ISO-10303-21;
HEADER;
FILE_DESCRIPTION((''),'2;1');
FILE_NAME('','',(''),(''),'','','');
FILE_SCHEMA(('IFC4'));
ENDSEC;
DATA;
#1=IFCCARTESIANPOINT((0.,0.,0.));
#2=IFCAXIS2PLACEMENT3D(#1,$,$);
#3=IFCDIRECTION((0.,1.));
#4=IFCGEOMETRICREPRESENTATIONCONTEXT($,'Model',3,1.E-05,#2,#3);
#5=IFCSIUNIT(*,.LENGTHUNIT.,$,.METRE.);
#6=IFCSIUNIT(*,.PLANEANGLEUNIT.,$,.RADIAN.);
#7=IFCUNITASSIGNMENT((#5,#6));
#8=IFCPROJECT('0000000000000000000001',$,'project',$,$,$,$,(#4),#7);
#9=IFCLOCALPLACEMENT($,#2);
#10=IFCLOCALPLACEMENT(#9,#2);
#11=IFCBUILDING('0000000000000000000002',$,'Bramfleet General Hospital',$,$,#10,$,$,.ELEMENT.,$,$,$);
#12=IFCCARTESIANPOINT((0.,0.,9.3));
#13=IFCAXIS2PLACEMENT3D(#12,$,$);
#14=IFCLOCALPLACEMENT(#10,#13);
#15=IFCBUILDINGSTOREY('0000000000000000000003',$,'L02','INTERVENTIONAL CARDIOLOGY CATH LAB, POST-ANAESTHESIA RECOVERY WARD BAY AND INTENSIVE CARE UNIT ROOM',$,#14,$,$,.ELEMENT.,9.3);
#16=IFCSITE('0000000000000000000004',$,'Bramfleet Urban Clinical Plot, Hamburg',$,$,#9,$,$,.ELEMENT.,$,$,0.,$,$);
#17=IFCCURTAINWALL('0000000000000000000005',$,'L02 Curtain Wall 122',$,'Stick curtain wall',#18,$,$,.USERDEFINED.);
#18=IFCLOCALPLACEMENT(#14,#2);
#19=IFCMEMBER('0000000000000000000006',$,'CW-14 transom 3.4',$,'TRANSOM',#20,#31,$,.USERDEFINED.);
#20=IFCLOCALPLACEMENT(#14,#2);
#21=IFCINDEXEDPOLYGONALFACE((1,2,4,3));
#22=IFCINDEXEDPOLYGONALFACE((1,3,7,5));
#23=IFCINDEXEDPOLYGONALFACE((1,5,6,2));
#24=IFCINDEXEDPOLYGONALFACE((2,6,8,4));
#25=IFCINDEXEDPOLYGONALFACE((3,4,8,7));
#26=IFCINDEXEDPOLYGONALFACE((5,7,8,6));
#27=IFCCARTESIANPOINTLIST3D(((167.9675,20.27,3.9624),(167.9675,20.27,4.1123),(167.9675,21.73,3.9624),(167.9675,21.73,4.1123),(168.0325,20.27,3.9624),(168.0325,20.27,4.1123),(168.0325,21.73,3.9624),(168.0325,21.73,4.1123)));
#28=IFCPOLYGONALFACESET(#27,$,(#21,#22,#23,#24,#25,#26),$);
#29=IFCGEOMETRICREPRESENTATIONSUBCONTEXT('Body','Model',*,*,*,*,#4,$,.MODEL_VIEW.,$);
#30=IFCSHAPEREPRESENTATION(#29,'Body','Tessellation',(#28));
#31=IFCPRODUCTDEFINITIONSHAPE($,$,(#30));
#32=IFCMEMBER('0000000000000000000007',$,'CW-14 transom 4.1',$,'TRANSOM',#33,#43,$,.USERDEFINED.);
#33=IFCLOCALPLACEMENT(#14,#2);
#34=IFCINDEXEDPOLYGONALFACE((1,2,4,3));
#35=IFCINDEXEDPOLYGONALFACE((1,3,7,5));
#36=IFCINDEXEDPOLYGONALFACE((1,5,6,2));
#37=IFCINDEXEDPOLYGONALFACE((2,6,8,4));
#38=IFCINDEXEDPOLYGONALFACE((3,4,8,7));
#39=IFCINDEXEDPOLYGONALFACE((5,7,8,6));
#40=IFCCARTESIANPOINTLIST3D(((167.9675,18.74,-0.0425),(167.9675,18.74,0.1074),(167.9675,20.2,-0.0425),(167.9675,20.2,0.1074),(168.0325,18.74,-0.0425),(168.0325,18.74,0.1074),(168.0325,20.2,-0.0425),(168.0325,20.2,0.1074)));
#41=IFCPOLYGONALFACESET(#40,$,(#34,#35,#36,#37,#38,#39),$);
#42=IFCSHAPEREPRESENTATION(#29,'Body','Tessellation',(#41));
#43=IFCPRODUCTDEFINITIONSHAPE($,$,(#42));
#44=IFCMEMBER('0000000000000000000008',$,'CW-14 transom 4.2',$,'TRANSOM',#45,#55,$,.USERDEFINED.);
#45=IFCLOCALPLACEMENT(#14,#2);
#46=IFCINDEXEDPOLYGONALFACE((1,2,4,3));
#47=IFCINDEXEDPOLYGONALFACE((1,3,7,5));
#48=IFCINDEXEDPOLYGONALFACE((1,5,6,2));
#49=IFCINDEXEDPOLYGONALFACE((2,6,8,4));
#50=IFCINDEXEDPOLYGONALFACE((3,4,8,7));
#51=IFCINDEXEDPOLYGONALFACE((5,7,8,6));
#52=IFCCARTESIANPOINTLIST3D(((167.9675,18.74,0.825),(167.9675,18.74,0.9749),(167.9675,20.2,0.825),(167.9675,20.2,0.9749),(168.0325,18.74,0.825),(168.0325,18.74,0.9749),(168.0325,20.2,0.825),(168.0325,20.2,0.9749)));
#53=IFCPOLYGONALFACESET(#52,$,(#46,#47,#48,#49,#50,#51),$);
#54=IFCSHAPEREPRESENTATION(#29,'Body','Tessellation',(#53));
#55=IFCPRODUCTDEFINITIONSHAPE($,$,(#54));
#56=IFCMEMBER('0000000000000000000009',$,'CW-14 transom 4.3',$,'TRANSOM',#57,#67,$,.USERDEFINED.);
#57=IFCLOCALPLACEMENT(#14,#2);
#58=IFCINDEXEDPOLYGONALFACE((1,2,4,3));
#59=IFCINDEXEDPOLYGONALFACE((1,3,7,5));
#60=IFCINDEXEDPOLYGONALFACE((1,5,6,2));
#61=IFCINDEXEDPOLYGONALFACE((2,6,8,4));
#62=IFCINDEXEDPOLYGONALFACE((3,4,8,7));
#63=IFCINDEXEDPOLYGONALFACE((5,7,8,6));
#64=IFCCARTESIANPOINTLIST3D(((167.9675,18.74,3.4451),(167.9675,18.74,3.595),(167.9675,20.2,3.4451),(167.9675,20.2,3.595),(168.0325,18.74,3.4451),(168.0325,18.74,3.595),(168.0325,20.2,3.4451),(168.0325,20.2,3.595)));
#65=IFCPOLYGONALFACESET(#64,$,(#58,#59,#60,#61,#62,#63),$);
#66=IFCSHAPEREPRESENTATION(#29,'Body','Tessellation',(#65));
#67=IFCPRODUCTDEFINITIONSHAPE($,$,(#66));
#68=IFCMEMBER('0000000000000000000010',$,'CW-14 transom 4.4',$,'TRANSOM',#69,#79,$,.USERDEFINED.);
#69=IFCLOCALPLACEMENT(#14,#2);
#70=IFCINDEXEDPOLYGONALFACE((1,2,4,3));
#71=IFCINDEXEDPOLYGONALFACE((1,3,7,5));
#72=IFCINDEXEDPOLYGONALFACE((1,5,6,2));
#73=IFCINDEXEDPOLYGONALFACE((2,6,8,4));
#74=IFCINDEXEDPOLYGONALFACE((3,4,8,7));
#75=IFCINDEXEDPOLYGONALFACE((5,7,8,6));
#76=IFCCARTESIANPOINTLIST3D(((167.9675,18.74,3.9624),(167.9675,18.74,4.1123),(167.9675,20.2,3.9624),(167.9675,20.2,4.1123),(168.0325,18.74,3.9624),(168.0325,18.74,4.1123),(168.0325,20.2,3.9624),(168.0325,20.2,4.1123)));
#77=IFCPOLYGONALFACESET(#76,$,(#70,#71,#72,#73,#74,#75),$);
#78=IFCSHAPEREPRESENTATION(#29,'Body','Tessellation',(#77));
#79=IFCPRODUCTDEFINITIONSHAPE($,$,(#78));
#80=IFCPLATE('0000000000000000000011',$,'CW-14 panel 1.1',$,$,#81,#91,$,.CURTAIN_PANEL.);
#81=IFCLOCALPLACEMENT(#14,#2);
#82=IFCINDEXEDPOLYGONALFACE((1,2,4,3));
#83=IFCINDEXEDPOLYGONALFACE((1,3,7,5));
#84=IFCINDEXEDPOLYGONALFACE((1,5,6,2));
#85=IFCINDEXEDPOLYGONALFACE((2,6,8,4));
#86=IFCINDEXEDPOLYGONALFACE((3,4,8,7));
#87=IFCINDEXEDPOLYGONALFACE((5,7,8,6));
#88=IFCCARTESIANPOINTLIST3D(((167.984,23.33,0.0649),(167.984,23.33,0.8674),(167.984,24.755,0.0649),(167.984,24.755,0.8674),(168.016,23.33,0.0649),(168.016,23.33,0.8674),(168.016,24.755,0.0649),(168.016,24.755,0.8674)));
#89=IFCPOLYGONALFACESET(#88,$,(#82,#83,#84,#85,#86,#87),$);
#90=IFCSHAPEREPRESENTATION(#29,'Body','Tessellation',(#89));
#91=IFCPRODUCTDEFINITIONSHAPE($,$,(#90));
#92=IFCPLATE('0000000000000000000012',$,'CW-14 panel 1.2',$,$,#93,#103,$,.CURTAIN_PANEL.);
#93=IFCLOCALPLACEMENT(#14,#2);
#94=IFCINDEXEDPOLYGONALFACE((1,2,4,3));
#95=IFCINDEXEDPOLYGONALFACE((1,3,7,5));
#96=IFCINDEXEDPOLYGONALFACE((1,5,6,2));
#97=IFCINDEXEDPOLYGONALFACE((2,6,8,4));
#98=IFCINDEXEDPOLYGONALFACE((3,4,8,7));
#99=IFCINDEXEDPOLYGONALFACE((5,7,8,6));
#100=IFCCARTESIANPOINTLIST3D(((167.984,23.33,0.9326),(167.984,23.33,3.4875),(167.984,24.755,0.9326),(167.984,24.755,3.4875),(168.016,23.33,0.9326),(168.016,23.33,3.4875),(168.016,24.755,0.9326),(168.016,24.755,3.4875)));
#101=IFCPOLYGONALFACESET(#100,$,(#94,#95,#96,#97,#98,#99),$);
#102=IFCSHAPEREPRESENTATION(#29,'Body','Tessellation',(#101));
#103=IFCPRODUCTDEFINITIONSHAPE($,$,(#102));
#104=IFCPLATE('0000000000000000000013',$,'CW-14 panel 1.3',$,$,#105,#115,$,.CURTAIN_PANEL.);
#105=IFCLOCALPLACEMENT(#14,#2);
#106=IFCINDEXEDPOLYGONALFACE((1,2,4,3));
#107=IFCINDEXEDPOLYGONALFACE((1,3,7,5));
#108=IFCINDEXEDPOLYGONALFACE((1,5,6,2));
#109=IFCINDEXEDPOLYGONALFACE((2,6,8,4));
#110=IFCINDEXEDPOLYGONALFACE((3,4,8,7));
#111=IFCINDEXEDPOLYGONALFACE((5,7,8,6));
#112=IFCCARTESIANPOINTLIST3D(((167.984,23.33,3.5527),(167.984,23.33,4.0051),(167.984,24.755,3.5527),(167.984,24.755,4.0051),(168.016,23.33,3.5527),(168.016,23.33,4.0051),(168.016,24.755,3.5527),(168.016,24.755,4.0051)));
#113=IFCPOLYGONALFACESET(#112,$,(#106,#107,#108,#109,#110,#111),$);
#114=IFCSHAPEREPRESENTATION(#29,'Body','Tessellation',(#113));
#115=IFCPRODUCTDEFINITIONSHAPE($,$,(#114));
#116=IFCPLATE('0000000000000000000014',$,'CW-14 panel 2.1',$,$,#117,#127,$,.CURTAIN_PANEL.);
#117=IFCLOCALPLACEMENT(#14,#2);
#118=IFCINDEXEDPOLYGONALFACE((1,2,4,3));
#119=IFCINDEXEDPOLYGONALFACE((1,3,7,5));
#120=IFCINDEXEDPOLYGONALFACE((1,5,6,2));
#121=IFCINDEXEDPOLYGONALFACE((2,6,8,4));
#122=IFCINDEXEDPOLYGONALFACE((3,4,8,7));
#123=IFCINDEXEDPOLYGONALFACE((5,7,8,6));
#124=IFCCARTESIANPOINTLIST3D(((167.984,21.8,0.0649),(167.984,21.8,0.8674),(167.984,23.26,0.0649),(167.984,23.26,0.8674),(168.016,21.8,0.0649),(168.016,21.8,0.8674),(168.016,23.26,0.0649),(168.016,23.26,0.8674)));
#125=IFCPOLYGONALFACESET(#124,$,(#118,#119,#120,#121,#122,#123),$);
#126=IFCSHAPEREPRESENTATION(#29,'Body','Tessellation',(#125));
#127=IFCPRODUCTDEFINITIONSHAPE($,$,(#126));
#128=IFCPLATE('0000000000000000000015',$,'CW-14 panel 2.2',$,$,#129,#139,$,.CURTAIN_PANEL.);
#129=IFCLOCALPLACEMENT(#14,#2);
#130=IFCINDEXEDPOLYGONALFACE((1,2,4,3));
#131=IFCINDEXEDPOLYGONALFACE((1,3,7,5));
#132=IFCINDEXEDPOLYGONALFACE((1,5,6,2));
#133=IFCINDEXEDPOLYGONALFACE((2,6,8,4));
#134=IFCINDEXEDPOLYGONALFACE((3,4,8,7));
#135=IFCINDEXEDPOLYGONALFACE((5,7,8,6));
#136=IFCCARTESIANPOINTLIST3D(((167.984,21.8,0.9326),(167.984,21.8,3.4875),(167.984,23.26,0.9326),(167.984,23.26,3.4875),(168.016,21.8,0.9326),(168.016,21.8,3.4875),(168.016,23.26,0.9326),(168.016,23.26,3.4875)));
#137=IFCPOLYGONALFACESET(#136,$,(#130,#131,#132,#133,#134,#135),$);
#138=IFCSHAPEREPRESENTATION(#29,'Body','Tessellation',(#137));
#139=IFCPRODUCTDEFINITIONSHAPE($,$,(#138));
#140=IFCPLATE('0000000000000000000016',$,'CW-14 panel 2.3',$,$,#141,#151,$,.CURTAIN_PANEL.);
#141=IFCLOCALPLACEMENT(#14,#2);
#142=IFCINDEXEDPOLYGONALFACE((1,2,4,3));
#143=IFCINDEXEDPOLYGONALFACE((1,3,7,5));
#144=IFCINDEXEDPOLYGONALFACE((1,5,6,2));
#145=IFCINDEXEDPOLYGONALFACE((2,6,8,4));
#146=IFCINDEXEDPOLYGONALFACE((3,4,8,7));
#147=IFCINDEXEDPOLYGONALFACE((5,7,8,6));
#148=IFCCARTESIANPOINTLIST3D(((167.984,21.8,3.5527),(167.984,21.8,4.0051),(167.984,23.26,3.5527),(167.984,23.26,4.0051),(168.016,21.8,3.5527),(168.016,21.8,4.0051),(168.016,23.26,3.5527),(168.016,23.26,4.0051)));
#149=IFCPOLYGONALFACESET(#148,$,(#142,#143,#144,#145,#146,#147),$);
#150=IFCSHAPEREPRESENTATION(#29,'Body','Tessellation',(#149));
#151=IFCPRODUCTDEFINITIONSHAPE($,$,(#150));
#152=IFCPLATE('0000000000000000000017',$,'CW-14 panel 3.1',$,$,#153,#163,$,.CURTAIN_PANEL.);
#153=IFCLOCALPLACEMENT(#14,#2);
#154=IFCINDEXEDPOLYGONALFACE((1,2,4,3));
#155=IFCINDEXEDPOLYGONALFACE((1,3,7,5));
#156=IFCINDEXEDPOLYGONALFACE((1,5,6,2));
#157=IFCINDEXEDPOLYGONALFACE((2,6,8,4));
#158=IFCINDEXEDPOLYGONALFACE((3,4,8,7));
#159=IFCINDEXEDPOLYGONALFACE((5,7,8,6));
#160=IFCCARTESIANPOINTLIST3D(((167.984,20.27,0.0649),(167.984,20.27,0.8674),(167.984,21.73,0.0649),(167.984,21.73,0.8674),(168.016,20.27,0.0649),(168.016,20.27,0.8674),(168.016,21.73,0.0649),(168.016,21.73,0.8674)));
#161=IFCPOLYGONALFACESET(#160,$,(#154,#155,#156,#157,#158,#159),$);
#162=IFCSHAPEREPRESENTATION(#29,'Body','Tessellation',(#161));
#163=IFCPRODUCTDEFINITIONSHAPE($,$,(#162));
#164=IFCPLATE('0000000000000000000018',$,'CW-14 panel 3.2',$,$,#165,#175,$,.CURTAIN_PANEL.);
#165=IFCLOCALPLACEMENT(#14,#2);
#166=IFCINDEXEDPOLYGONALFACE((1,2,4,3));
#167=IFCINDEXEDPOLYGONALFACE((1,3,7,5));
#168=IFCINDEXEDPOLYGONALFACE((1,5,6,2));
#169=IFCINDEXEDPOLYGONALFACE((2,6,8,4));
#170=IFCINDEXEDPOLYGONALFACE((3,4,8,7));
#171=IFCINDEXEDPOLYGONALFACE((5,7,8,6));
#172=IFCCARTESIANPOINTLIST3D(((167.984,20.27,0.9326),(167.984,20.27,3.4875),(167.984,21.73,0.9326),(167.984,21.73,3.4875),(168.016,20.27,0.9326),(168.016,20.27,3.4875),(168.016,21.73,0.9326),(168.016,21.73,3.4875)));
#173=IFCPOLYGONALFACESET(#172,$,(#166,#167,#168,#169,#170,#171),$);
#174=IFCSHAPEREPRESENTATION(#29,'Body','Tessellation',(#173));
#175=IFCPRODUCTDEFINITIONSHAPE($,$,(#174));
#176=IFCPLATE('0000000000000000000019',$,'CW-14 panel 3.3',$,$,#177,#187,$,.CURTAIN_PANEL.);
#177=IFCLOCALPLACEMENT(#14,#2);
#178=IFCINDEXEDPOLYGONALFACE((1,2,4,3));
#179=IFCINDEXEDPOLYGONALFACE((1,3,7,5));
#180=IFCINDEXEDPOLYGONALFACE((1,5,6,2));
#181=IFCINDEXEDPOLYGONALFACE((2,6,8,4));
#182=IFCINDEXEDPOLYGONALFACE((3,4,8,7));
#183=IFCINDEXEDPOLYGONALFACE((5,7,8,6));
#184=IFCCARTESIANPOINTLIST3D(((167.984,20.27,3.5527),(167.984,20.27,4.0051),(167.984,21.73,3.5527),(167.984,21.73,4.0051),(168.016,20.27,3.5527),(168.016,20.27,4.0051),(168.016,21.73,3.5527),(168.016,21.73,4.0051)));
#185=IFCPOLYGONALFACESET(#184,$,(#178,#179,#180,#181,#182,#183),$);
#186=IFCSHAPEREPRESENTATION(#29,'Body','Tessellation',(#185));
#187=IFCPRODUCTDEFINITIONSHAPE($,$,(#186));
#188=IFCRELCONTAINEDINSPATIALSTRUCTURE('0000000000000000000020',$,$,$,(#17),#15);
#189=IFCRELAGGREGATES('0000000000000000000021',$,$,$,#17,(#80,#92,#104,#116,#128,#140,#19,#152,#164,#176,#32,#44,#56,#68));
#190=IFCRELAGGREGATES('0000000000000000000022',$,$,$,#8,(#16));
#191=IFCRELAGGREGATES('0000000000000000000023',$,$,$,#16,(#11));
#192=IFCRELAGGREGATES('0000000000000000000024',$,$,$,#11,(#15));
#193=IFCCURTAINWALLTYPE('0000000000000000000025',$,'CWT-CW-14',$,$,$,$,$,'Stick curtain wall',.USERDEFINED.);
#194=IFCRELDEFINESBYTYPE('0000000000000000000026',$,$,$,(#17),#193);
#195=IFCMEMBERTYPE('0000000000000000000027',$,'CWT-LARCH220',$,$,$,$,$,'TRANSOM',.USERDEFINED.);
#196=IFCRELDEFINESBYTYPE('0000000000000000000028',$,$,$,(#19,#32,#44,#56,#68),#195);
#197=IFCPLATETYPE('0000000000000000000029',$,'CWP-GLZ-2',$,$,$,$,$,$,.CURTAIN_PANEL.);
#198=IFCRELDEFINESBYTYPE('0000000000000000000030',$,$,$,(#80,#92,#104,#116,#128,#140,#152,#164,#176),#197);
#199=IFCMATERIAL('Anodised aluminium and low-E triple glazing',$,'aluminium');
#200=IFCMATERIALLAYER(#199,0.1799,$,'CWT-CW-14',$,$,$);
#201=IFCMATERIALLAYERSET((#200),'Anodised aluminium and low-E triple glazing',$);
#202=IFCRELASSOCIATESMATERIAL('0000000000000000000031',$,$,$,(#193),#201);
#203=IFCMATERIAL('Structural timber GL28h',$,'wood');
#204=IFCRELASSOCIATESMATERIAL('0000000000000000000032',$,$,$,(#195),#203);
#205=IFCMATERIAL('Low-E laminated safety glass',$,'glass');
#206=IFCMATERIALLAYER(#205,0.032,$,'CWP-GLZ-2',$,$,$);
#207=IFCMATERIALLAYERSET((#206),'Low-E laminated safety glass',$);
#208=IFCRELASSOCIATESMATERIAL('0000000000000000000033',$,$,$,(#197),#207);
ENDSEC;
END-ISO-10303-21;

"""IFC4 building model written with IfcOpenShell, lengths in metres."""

from ifc_helpers import new_model, si_unit, direction, frame, origin, origin_2d, place, context, subcontext, project, spatial, rectangle, extrude, material, layer, layer_set, material_profile, profile_set, type_object, element, aggregate, save


model = new_model("IFC4")

# Units and contexts
model_context = context("Model", 3, precision=1e-05, world=origin(), true_north=direction((0.0, 1.0)))
body_context = subcontext(model_context, "Body", "Model", "MODEL_VIEW")
ifc_project = project(units=[si_unit("LENGTHUNIT", "METRE"), si_unit("PLANEANGLEUNIT", "RADIAN")], contexts=[model_context])

# Site, building, storey
site_placement = place(None, origin())
site = spatial("IfcSite", under=ifc_project, at=site_placement, Name="Bramfleet Urban Clinical Plot, Hamburg", CompositionType="ELEMENT", RefElevation=0.0)
building_placement = place(site_placement, origin())
building = spatial("IfcBuilding", under=site, at=building_placement, Name="Bramfleet General Hospital", CompositionType="ELEMENT")
storey_placement = place(building_placement, frame((0.0, 0.0, 9.3)))
storey = spatial("IfcBuildingStorey", under=building, at=storey_placement, Name="L02", Description="INTERVENTIONAL CARDIOLOGY CATH LAB, POST-ANAESTHESIA RECOVERY WARD BAY AND INTENSIVE CARE UNIT ROOM", CompositionType="ELEMENT", Elevation=9.3)

# Curtain wall, members, plates
ifc_material_1 = material(Name="Anodised aluminium and low-E triple glazing", Category="aluminium")
ifc_layer_1 = layer(ifc_material_1, 0.1799, Name="CWT-CW-14")
ifc_layer_set_1 = layer_set([ifc_layer_1], Name="Anodised aluminium and low-E triple glazing")
curtain_wall_type = type_object("IfcCurtainWallType", Name="CWT-CW-14", ElementType="Stick curtain wall", PredefinedType="USERDEFINED", material=ifc_layer_set_1)
curtain_wall_placement = place(storey_placement, origin())
curtain_wall = element("IfcCurtainWall", 1, at=curtain_wall_placement, inside=storey, type_object=curtain_wall_type, Name="L02 Curtain Wall 122", ObjectType="Stick curtain wall", PredefinedType="USERDEFINED")
ifc_material_2 = material(Name="Structural timber GL28h", Category="wood")
ifc_material_profile_1 = material_profile(ifc_material_2, rectangle(XDim=0.0649, YDim=0.1499, at=origin_2d()), Name="LARCH 150x65")
ifc_profile_set_1 = profile_set([ifc_material_profile_1], Name="Structural timber GL28h")
member_type_1 = type_object("IfcMemberType", Name="CWT-LARCH220", ElementType="TRANSOM", PredefinedType="USERDEFINED", material=ifc_profile_set_1)
member_1_placement = place(storey_placement, frame((168.0, 21.73, 4.0374), z_axis=(0.0, -1.0, 0.0), x_axis=(1.0, 0.0, 0.0)))
member_1 = element("IfcMember", 2, at=member_1_placement, type_object=member_type_1, Name="CW-14 transom 3.4", ObjectType="TRANSOM", PredefinedType="USERDEFINED", context=body_context, shape_type="SweptSolid", body=[
    extrude(rectangle(XDim=0.0649, YDim=0.1499, at=origin_2d()), origin(), (0.0, 0.0, 1.0), 1.46),
])
member_2_placement = place(storey_placement, frame((168.0, 20.2, 0.0325), z_axis=(0.0, -1.0, 0.0), x_axis=(1.0, 0.0, 0.0)))
member_2 = element("IfcMember", 3, at=member_2_placement, type_object=member_type_1, Name="CW-14 transom 4.1", ObjectType="TRANSOM", PredefinedType="USERDEFINED", context=body_context, shape_type="SweptSolid", body=[
    extrude(rectangle(XDim=0.0649, YDim=0.1499, at=origin_2d()), origin(), (0.0, 0.0, 1.0), 1.46),
])
member_3_placement = place(storey_placement, frame((168.0, 20.2, 0.8999), z_axis=(0.0, -1.0, 0.0), x_axis=(1.0, 0.0, 0.0)))
member_3 = element("IfcMember", 4, at=member_3_placement, type_object=member_type_1, Name="CW-14 transom 4.2", ObjectType="TRANSOM", PredefinedType="USERDEFINED", context=body_context, shape_type="SweptSolid", body=[
    extrude(rectangle(XDim=0.0649, YDim=0.1499, at=origin_2d()), origin(), (0.0, 0.0, 1.0), 1.46),
])
member_4_placement = place(storey_placement, frame((168.0, 20.2, 3.52), z_axis=(0.0, -1.0, 0.0), x_axis=(1.0, 0.0, 0.0)))
member_4 = element("IfcMember", 5, at=member_4_placement, type_object=member_type_1, Name="CW-14 transom 4.3", ObjectType="TRANSOM", PredefinedType="USERDEFINED", context=body_context, shape_type="SweptSolid", body=[
    extrude(rectangle(XDim=0.0649, YDim=0.1499, at=origin_2d()), origin(), (0.0, 0.0, 1.0), 1.46),
])
member_5_placement = place(storey_placement, frame((168.0, 20.2, 4.0374), z_axis=(0.0, -1.0, 0.0), x_axis=(1.0, 0.0, 0.0)))
member_5 = element("IfcMember", 6, at=member_5_placement, type_object=member_type_1, Name="CW-14 transom 4.4", ObjectType="TRANSOM", PredefinedType="USERDEFINED", context=body_context, shape_type="SweptSolid", body=[
    extrude(rectangle(XDim=0.0649, YDim=0.1499, at=origin_2d()), origin(), (0.0, 0.0, 1.0), 1.46),
])
ifc_material_3 = material(Name="Low-E laminated safety glass", Category="glass")
ifc_layer_2 = layer(ifc_material_3, 0.032, Name="CWP-GLZ-2")
ifc_layer_set_2 = layer_set([ifc_layer_2], Name="Low-E laminated safety glass")
plate_type = type_object("IfcPlateType", Name="CWP-GLZ-2", PredefinedType="CURTAIN_PANEL", material=ifc_layer_set_2)
plate_1_placement = place(storey_placement, frame((168.0, 24.0425, 0.0649), z_axis=(0.0, 0.0, 1.0), x_axis=(0.0, -1.0, 0.0)))
plate_1 = element("IfcPlate", 7, at=plate_1_placement, type_object=plate_type, Name="CW-14 panel 1.1", PredefinedType="CURTAIN_PANEL", context=body_context, shape_type="SweptSolid", body=[
    extrude(rectangle(XDim=1.425, YDim=0.032, at=origin_2d()), origin(), (0.0, 0.0, 1.0), 0.8025),
])
plate_2_placement = place(storey_placement, frame((168.0, 24.0425, 0.9326), z_axis=(0.0, 0.0, 1.0), x_axis=(0.0, -1.0, 0.0)))
plate_2 = element("IfcPlate", 8, at=plate_2_placement, type_object=plate_type, Name="CW-14 panel 1.2", PredefinedType="CURTAIN_PANEL", context=body_context, shape_type="SweptSolid", body=[
    extrude(rectangle(XDim=1.425, YDim=0.032, at=origin_2d()), origin(), (0.0, 0.0, 1.0), 2.5549),
])
plate_3_placement = place(storey_placement, frame((168.0, 24.0425, 3.5527), z_axis=(0.0, 0.0, 1.0), x_axis=(0.0, -1.0, 0.0)))
plate_3 = element("IfcPlate", 9, at=plate_3_placement, type_object=plate_type, Name="CW-14 panel 1.3", PredefinedType="CURTAIN_PANEL", context=body_context, shape_type="SweptSolid", body=[
    extrude(rectangle(XDim=1.425, YDim=0.032, at=origin_2d()), origin(), (0.0, 0.0, 1.0), 0.4524),
])
plate_4_placement = place(storey_placement, frame((168.0, 22.53, 0.0649), z_axis=(0.0, 0.0, 1.0), x_axis=(0.0, -1.0, 0.0)))
plate_4 = element("IfcPlate", 10, at=plate_4_placement, type_object=plate_type, Name="CW-14 panel 2.1", PredefinedType="CURTAIN_PANEL", context=body_context, shape_type="SweptSolid", body=[
    extrude(rectangle(XDim=1.46, YDim=0.032, at=origin_2d()), origin(), (0.0, 0.0, 1.0), 0.8025),
])
plate_5_placement = place(storey_placement, frame((168.0, 22.53, 0.9326), z_axis=(0.0, 0.0, 1.0), x_axis=(0.0, -1.0, 0.0)))
plate_5 = element("IfcPlate", 11, at=plate_5_placement, type_object=plate_type, Name="CW-14 panel 2.2", PredefinedType="CURTAIN_PANEL", context=body_context, shape_type="SweptSolid", body=[
    extrude(rectangle(XDim=1.46, YDim=0.032, at=origin_2d()), origin(), (0.0, 0.0, 1.0), 2.5549),
])
plate_6_placement = place(storey_placement, frame((168.0, 22.53, 3.5527), z_axis=(0.0, 0.0, 1.0), x_axis=(0.0, -1.0, 0.0)))
plate_6 = element("IfcPlate", 12, at=plate_6_placement, type_object=plate_type, Name="CW-14 panel 2.3", PredefinedType="CURTAIN_PANEL", context=body_context, shape_type="SweptSolid", body=[
    extrude(rectangle(XDim=1.46, YDim=0.032, at=origin_2d()), origin(), (0.0, 0.0, 1.0), 0.4524),
])
plate_7_placement = place(storey_placement, frame((168.0, 21.0, 0.0649), z_axis=(0.0, 0.0, 1.0), x_axis=(0.0, -1.0, 0.0)))
plate_7 = element("IfcPlate", 13, at=plate_7_placement, type_object=plate_type, Name="CW-14 panel 3.1", PredefinedType="CURTAIN_PANEL", context=body_context, shape_type="SweptSolid", body=[
    extrude(rectangle(XDim=1.46, YDim=0.032, at=origin_2d()), origin(), (0.0, 0.0, 1.0), 0.8025),
])
plate_8_placement = place(storey_placement, frame((168.0, 21.0, 0.9326), z_axis=(0.0, 0.0, 1.0), x_axis=(0.0, -1.0, 0.0)))
plate_8 = element("IfcPlate", 14, at=plate_8_placement, type_object=plate_type, Name="CW-14 panel 3.2", PredefinedType="CURTAIN_PANEL", context=body_context, shape_type="SweptSolid", body=[
    extrude(rectangle(XDim=1.46, YDim=0.032, at=origin_2d()), origin(), (0.0, 0.0, 1.0), 2.5549),
])
plate_9_placement = place(storey_placement, frame((168.0, 21.0, 3.5527), z_axis=(0.0, 0.0, 1.0), x_axis=(0.0, -1.0, 0.0)))
plate_9 = element("IfcPlate", 15, at=plate_9_placement, type_object=plate_type, Name="CW-14 panel 3.3", PredefinedType="CURTAIN_PANEL", context=body_context, shape_type="SweptSolid", body=[
    extrude(rectangle(XDim=1.46, YDim=0.032, at=origin_2d()), origin(), (0.0, 0.0, 1.0), 0.4524),
])
aggregate(curtain_wall, [plate_1, plate_2, plate_3, plate_4, plate_5, plate_6, member_1, plate_7, plate_8, plate_9, member_2, member_3, member_4, member_5])

save(model, "model.ifc")
